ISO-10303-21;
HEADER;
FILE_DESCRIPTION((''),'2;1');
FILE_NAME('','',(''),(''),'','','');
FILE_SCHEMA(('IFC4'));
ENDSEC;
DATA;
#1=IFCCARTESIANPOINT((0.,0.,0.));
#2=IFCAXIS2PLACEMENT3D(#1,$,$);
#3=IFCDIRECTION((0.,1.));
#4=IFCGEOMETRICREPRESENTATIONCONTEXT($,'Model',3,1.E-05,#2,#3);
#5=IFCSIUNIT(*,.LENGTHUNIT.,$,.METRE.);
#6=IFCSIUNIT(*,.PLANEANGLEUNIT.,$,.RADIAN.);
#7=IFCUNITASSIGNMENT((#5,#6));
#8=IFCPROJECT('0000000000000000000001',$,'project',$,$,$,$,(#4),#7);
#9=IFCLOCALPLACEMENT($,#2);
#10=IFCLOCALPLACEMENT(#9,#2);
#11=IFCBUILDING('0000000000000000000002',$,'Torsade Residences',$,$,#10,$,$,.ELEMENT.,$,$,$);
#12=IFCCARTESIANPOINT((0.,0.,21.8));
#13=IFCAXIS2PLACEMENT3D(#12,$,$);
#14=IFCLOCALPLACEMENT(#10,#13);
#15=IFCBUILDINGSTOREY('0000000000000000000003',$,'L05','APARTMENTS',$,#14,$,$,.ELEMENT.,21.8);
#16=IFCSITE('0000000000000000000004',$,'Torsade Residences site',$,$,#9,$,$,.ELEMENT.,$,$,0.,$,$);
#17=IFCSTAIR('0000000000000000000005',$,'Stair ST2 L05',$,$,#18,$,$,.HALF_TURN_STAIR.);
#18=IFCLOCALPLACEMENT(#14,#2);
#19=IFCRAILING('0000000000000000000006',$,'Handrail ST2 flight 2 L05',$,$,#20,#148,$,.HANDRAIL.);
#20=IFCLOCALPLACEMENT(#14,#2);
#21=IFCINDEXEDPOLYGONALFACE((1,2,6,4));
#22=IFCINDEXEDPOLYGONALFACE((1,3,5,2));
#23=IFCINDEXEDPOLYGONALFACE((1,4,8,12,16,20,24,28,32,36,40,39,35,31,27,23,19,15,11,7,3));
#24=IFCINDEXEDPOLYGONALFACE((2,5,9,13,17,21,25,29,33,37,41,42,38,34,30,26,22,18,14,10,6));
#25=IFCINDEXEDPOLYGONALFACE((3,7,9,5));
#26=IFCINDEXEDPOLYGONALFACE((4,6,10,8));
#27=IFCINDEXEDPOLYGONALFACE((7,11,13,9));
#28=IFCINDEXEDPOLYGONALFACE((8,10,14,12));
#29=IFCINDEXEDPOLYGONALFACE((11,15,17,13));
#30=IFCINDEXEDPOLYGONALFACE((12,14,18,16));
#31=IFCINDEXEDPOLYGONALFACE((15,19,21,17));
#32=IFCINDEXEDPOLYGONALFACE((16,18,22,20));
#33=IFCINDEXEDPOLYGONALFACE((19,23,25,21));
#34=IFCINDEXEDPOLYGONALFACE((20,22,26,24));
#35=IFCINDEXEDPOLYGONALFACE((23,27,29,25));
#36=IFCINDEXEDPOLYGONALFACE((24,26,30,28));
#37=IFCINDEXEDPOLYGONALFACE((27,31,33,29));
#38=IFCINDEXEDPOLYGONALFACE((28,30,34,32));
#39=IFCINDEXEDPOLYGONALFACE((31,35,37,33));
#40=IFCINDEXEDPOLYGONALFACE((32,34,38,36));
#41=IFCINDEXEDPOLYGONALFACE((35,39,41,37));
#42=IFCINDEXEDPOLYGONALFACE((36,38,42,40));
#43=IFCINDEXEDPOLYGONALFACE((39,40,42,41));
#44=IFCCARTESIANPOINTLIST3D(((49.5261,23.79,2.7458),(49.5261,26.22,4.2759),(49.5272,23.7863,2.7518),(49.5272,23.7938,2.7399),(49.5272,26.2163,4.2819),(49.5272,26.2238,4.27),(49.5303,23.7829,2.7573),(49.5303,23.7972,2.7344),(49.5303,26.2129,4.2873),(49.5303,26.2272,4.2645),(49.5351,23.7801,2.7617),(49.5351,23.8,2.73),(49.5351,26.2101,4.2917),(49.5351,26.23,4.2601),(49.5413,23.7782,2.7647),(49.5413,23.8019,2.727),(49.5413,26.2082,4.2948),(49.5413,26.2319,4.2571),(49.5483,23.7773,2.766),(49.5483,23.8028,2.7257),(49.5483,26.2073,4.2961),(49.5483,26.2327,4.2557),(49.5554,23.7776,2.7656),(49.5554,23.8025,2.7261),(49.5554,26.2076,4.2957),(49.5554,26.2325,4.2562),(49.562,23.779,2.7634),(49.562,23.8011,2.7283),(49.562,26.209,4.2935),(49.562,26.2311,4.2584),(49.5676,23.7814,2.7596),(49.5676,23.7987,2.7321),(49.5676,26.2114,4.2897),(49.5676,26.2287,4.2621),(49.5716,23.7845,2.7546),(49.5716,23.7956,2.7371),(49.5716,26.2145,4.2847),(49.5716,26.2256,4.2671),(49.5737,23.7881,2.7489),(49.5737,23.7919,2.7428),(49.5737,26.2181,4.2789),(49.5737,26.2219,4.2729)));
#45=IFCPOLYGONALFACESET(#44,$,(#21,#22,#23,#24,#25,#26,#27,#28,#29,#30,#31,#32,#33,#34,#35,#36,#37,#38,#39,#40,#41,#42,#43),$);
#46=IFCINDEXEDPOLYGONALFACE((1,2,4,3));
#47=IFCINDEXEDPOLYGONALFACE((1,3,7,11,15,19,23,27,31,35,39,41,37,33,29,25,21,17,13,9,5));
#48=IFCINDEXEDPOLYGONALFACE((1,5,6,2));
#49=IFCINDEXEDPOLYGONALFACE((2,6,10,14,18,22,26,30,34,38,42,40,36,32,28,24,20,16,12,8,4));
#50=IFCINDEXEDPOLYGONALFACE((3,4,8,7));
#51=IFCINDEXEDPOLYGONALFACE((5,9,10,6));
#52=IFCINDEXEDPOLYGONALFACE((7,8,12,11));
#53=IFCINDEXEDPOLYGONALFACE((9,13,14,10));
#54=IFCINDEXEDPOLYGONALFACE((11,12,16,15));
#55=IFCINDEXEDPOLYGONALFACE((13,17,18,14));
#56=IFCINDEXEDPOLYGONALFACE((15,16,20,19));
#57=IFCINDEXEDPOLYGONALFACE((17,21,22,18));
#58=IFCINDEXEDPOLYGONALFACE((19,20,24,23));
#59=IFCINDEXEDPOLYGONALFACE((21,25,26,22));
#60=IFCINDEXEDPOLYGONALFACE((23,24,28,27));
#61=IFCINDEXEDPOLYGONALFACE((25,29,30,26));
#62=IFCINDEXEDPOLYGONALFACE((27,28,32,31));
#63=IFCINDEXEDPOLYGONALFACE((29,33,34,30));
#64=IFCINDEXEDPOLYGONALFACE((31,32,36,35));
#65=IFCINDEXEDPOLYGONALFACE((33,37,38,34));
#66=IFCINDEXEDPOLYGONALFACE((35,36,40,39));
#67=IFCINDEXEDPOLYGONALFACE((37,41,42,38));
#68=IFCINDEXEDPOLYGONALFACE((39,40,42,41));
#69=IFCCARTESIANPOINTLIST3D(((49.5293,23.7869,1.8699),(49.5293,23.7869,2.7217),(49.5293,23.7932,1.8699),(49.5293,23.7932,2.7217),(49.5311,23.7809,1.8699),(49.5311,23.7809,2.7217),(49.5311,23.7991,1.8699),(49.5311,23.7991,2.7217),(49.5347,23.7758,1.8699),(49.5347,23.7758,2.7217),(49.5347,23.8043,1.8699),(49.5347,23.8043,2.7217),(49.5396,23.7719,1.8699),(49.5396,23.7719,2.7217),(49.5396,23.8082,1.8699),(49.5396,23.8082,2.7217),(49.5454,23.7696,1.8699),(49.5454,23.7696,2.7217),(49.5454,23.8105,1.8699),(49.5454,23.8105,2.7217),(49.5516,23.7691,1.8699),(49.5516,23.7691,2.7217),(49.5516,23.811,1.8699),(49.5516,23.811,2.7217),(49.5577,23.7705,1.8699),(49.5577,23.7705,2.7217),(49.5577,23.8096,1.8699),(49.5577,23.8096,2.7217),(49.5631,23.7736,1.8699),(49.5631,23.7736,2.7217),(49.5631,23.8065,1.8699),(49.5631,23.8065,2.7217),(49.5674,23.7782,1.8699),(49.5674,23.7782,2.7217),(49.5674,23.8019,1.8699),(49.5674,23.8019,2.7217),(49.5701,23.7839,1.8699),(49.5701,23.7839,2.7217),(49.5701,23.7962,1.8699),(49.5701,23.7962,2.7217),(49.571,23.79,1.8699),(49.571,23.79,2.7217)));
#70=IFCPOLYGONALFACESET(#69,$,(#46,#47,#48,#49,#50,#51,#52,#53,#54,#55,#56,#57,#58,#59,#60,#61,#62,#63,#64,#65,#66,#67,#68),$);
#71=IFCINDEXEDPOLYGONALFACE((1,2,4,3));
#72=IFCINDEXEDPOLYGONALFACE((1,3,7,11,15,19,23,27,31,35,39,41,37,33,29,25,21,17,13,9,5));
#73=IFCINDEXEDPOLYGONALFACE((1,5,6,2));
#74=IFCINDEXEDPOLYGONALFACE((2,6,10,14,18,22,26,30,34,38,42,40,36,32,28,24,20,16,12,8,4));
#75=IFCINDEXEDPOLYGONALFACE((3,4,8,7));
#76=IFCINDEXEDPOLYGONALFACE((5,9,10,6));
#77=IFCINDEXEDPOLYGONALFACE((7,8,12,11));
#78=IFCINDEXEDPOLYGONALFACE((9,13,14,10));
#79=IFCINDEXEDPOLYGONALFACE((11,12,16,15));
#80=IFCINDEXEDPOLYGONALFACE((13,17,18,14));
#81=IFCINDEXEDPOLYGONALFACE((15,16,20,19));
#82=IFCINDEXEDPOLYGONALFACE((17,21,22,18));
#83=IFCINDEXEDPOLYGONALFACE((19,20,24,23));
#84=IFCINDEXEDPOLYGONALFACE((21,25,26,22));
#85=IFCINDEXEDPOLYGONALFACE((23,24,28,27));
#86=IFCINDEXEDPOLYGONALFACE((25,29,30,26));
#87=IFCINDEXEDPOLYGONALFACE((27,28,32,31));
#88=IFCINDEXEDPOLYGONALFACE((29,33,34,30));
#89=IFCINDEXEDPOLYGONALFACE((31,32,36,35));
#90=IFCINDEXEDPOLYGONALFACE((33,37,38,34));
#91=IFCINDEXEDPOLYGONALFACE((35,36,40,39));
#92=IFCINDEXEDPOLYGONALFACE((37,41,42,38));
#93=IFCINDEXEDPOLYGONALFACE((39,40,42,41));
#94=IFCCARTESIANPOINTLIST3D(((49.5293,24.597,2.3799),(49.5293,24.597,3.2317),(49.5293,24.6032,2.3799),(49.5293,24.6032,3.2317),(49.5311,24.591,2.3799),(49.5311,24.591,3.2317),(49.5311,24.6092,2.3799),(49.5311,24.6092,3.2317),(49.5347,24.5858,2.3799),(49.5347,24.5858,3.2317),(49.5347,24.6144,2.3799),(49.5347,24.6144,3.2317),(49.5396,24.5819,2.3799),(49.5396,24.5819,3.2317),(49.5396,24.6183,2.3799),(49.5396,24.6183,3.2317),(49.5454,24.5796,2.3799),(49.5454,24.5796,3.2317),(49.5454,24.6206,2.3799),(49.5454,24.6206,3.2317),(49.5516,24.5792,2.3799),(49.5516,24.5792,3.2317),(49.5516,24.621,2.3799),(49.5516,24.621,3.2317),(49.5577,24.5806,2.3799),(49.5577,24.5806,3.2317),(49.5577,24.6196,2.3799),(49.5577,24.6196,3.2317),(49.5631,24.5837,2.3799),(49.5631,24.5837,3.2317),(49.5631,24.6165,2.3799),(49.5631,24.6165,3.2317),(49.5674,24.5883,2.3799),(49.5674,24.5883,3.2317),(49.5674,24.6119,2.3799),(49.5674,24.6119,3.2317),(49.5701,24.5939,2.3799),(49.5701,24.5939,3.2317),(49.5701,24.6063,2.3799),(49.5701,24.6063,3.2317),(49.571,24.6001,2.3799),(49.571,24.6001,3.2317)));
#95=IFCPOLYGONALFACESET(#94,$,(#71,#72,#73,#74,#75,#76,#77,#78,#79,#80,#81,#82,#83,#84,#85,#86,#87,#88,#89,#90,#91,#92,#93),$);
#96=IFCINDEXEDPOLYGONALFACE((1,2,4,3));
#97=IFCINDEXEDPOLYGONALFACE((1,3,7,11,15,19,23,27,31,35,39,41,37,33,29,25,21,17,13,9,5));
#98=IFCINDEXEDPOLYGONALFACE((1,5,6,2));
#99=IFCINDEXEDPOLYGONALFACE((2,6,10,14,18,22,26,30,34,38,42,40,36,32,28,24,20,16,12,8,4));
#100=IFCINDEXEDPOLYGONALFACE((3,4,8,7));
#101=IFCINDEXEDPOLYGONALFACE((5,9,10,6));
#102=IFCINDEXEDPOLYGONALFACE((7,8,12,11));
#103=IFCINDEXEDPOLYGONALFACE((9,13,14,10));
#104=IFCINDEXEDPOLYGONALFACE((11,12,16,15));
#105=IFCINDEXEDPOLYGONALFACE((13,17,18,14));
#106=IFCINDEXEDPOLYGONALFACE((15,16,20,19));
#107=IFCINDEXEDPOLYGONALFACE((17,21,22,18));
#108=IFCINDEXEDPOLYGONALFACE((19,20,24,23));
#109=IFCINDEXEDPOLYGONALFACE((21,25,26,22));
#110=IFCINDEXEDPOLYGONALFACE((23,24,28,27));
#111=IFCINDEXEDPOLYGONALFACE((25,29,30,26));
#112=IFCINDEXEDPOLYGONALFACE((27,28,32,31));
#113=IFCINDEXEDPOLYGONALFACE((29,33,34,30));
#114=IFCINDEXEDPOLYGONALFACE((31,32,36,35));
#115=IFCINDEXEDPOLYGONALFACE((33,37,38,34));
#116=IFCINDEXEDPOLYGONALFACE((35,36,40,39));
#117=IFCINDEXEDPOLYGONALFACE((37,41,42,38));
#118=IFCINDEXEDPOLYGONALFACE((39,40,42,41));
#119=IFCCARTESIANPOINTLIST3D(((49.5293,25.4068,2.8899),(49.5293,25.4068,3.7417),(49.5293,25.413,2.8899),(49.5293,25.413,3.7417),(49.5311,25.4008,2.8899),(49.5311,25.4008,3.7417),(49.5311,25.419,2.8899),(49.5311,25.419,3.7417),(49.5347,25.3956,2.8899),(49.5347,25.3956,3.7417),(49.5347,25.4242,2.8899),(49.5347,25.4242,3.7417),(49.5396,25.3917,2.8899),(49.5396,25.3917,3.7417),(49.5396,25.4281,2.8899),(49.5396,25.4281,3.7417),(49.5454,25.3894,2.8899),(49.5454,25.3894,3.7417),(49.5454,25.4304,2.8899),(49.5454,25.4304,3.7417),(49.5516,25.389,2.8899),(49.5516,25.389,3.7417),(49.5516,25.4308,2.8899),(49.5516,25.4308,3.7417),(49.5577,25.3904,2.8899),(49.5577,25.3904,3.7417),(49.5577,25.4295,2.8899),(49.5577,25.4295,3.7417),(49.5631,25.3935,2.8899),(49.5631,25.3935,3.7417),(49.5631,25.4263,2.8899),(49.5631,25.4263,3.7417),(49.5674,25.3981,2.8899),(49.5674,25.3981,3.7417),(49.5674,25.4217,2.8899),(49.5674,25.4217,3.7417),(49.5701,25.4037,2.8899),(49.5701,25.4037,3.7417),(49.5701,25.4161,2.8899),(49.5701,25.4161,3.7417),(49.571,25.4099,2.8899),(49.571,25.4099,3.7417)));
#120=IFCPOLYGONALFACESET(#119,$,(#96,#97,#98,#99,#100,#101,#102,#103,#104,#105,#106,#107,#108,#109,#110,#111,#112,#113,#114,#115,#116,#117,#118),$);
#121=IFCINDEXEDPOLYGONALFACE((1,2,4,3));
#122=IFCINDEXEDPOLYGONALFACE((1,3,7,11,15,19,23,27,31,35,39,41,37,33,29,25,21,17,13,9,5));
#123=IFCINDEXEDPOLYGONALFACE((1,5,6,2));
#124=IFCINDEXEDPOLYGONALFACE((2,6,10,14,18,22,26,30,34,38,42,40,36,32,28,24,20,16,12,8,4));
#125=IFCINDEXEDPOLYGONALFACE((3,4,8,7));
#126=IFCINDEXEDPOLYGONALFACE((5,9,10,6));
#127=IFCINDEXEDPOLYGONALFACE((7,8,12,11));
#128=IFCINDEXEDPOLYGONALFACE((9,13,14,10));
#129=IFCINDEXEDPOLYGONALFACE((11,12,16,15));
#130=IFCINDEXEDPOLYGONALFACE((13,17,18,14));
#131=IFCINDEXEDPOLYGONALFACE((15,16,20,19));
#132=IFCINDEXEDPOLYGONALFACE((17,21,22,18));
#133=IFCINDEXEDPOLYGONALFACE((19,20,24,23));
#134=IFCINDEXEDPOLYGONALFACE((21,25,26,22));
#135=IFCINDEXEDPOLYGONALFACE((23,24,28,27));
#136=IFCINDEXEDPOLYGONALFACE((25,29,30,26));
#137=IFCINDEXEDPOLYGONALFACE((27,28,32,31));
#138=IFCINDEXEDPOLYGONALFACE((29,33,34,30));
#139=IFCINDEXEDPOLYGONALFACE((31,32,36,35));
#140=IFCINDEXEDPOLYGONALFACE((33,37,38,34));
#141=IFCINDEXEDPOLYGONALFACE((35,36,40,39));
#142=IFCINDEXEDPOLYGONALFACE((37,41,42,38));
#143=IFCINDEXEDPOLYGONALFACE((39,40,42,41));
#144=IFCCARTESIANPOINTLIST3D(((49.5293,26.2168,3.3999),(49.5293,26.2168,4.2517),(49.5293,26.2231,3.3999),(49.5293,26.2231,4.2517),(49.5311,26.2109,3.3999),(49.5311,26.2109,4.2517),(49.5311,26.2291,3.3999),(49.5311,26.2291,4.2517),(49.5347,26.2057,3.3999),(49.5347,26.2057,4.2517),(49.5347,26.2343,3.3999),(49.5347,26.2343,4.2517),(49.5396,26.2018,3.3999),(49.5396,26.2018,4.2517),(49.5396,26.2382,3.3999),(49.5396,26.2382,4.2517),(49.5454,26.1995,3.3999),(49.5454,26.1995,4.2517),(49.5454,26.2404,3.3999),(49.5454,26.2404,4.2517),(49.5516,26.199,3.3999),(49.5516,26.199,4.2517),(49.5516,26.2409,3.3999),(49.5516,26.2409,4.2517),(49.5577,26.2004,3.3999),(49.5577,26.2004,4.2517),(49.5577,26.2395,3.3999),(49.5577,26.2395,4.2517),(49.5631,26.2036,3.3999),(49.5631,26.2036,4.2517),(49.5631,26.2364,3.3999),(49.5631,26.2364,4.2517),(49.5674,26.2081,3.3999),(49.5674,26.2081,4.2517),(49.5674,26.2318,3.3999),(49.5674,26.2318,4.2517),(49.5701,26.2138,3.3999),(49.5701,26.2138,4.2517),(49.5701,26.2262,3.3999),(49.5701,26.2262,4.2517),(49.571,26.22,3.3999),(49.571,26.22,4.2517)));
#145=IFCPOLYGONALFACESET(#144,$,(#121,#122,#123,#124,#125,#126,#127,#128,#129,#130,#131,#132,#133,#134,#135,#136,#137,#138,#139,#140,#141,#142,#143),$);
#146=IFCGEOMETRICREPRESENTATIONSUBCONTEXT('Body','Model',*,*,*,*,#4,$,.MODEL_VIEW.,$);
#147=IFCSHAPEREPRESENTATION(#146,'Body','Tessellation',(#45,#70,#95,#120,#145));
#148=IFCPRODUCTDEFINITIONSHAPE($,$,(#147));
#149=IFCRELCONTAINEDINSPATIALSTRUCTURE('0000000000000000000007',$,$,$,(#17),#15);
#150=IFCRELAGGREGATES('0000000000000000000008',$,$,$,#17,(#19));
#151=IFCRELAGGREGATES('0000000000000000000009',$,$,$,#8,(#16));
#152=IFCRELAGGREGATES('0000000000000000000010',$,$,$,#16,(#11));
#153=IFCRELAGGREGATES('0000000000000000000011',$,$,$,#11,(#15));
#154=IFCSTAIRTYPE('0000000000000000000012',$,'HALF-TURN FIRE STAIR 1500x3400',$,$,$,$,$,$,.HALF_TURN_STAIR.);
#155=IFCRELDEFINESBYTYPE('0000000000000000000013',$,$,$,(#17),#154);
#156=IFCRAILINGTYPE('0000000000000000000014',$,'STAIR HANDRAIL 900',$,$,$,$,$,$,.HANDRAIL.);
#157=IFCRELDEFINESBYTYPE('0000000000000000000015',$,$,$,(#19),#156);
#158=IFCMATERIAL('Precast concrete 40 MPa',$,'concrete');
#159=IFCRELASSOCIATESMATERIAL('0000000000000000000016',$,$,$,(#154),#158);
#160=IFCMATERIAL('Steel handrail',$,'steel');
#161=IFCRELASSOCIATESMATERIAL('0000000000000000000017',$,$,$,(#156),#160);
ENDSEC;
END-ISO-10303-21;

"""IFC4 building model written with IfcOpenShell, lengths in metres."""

from ifc_helpers import new_model, si_unit, direction, frame, origin, origin_2d, place, context, subcontext, project, spatial, circle, extrude, material, type_object, element, aggregate, save


model = new_model("IFC4")

# Units and contexts
model_context = context("Model", 3, precision=1e-05, world=origin(), true_north=direction((0.0, 1.0)))
body_context = subcontext(model_context, "Body", "Model", "MODEL_VIEW")
ifc_project = project(units=[si_unit("LENGTHUNIT", "METRE"), si_unit("PLANEANGLEUNIT", "RADIAN")], contexts=[model_context])

# Site, building, storey
site_placement = place(None, origin())
site = spatial("IfcSite", under=ifc_project, at=site_placement, Name="Torsade Residences site", CompositionType="ELEMENT", RefElevation=0.0)
building_placement = place(site_placement, origin())
building = spatial("IfcBuilding", under=site, at=building_placement, Name="Torsade Residences", CompositionType="ELEMENT")
storey_placement = place(building_placement, frame((0.0, 0.0, 21.8)))
storey = spatial("IfcBuildingStorey", under=building, at=storey_placement, Name="L05", Description="APARTMENTS", CompositionType="ELEMENT", Elevation=21.8)

# Stair, railing
ifc_material_1 = material(Name="Precast concrete 40 MPa", Category="concrete")
stair_type = type_object("IfcStairType", Name="HALF-TURN FIRE STAIR 1500x3400", PredefinedType="HALF_TURN_STAIR", material=ifc_material_1)
stair_placement = place(storey_placement, origin())
stair = element("IfcStair", 1, at=stair_placement, inside=storey, type_object=stair_type, Name="Stair ST2 L05", PredefinedType="HALF_TURN_STAIR")
ifc_material_2 = material(Name="Steel handrail", Category="steel")
railing_type = type_object("IfcRailingType", Name="STAIR HANDRAIL 900", PredefinedType="HANDRAIL", material=ifc_material_2)
railing_1_placement = place(storey_placement, frame((49.55, 23.79, 1.8699)))
railing_1 = element("IfcRailing", 2, at=railing_1_placement, type_object=railing_type, Name="Handrail ST2 flight 2 L05", PredefinedType="HANDRAIL", context=body_context, shape_type="SweptSolid", body=[
    extrude(circle(Radius=0.0239, at=origin_2d()), frame((0.0, 0.0, 0.876), z_axis=(0.0, 0.846221, 0.532831), x_axis=(-1.0, 0.0, 0.0)), (0.0, 0.0, 1.0), 2.8716),
    extrude(circle(Radius=0.021, at=origin_2d()), origin(), (0.0, 0.0, 1.0), 0.8518),
    extrude(circle(Radius=0.021, at=origin_2d()), frame((0.0, 0.8101, 0.51)), (0.0, 0.0, 1.0), 0.8518),
    extrude(circle(Radius=0.021, at=origin_2d()), frame((0.0, 1.6199, 1.02)), (0.0, 0.0, 1.0), 0.8518),
    extrude(circle(Radius=0.021, at=origin_2d()), frame((0.0, 2.4299, 1.53)), (0.0, 0.0, 1.0), 0.8518),
])
aggregate(stair, [railing_1])

save(model, "model.ifc")
